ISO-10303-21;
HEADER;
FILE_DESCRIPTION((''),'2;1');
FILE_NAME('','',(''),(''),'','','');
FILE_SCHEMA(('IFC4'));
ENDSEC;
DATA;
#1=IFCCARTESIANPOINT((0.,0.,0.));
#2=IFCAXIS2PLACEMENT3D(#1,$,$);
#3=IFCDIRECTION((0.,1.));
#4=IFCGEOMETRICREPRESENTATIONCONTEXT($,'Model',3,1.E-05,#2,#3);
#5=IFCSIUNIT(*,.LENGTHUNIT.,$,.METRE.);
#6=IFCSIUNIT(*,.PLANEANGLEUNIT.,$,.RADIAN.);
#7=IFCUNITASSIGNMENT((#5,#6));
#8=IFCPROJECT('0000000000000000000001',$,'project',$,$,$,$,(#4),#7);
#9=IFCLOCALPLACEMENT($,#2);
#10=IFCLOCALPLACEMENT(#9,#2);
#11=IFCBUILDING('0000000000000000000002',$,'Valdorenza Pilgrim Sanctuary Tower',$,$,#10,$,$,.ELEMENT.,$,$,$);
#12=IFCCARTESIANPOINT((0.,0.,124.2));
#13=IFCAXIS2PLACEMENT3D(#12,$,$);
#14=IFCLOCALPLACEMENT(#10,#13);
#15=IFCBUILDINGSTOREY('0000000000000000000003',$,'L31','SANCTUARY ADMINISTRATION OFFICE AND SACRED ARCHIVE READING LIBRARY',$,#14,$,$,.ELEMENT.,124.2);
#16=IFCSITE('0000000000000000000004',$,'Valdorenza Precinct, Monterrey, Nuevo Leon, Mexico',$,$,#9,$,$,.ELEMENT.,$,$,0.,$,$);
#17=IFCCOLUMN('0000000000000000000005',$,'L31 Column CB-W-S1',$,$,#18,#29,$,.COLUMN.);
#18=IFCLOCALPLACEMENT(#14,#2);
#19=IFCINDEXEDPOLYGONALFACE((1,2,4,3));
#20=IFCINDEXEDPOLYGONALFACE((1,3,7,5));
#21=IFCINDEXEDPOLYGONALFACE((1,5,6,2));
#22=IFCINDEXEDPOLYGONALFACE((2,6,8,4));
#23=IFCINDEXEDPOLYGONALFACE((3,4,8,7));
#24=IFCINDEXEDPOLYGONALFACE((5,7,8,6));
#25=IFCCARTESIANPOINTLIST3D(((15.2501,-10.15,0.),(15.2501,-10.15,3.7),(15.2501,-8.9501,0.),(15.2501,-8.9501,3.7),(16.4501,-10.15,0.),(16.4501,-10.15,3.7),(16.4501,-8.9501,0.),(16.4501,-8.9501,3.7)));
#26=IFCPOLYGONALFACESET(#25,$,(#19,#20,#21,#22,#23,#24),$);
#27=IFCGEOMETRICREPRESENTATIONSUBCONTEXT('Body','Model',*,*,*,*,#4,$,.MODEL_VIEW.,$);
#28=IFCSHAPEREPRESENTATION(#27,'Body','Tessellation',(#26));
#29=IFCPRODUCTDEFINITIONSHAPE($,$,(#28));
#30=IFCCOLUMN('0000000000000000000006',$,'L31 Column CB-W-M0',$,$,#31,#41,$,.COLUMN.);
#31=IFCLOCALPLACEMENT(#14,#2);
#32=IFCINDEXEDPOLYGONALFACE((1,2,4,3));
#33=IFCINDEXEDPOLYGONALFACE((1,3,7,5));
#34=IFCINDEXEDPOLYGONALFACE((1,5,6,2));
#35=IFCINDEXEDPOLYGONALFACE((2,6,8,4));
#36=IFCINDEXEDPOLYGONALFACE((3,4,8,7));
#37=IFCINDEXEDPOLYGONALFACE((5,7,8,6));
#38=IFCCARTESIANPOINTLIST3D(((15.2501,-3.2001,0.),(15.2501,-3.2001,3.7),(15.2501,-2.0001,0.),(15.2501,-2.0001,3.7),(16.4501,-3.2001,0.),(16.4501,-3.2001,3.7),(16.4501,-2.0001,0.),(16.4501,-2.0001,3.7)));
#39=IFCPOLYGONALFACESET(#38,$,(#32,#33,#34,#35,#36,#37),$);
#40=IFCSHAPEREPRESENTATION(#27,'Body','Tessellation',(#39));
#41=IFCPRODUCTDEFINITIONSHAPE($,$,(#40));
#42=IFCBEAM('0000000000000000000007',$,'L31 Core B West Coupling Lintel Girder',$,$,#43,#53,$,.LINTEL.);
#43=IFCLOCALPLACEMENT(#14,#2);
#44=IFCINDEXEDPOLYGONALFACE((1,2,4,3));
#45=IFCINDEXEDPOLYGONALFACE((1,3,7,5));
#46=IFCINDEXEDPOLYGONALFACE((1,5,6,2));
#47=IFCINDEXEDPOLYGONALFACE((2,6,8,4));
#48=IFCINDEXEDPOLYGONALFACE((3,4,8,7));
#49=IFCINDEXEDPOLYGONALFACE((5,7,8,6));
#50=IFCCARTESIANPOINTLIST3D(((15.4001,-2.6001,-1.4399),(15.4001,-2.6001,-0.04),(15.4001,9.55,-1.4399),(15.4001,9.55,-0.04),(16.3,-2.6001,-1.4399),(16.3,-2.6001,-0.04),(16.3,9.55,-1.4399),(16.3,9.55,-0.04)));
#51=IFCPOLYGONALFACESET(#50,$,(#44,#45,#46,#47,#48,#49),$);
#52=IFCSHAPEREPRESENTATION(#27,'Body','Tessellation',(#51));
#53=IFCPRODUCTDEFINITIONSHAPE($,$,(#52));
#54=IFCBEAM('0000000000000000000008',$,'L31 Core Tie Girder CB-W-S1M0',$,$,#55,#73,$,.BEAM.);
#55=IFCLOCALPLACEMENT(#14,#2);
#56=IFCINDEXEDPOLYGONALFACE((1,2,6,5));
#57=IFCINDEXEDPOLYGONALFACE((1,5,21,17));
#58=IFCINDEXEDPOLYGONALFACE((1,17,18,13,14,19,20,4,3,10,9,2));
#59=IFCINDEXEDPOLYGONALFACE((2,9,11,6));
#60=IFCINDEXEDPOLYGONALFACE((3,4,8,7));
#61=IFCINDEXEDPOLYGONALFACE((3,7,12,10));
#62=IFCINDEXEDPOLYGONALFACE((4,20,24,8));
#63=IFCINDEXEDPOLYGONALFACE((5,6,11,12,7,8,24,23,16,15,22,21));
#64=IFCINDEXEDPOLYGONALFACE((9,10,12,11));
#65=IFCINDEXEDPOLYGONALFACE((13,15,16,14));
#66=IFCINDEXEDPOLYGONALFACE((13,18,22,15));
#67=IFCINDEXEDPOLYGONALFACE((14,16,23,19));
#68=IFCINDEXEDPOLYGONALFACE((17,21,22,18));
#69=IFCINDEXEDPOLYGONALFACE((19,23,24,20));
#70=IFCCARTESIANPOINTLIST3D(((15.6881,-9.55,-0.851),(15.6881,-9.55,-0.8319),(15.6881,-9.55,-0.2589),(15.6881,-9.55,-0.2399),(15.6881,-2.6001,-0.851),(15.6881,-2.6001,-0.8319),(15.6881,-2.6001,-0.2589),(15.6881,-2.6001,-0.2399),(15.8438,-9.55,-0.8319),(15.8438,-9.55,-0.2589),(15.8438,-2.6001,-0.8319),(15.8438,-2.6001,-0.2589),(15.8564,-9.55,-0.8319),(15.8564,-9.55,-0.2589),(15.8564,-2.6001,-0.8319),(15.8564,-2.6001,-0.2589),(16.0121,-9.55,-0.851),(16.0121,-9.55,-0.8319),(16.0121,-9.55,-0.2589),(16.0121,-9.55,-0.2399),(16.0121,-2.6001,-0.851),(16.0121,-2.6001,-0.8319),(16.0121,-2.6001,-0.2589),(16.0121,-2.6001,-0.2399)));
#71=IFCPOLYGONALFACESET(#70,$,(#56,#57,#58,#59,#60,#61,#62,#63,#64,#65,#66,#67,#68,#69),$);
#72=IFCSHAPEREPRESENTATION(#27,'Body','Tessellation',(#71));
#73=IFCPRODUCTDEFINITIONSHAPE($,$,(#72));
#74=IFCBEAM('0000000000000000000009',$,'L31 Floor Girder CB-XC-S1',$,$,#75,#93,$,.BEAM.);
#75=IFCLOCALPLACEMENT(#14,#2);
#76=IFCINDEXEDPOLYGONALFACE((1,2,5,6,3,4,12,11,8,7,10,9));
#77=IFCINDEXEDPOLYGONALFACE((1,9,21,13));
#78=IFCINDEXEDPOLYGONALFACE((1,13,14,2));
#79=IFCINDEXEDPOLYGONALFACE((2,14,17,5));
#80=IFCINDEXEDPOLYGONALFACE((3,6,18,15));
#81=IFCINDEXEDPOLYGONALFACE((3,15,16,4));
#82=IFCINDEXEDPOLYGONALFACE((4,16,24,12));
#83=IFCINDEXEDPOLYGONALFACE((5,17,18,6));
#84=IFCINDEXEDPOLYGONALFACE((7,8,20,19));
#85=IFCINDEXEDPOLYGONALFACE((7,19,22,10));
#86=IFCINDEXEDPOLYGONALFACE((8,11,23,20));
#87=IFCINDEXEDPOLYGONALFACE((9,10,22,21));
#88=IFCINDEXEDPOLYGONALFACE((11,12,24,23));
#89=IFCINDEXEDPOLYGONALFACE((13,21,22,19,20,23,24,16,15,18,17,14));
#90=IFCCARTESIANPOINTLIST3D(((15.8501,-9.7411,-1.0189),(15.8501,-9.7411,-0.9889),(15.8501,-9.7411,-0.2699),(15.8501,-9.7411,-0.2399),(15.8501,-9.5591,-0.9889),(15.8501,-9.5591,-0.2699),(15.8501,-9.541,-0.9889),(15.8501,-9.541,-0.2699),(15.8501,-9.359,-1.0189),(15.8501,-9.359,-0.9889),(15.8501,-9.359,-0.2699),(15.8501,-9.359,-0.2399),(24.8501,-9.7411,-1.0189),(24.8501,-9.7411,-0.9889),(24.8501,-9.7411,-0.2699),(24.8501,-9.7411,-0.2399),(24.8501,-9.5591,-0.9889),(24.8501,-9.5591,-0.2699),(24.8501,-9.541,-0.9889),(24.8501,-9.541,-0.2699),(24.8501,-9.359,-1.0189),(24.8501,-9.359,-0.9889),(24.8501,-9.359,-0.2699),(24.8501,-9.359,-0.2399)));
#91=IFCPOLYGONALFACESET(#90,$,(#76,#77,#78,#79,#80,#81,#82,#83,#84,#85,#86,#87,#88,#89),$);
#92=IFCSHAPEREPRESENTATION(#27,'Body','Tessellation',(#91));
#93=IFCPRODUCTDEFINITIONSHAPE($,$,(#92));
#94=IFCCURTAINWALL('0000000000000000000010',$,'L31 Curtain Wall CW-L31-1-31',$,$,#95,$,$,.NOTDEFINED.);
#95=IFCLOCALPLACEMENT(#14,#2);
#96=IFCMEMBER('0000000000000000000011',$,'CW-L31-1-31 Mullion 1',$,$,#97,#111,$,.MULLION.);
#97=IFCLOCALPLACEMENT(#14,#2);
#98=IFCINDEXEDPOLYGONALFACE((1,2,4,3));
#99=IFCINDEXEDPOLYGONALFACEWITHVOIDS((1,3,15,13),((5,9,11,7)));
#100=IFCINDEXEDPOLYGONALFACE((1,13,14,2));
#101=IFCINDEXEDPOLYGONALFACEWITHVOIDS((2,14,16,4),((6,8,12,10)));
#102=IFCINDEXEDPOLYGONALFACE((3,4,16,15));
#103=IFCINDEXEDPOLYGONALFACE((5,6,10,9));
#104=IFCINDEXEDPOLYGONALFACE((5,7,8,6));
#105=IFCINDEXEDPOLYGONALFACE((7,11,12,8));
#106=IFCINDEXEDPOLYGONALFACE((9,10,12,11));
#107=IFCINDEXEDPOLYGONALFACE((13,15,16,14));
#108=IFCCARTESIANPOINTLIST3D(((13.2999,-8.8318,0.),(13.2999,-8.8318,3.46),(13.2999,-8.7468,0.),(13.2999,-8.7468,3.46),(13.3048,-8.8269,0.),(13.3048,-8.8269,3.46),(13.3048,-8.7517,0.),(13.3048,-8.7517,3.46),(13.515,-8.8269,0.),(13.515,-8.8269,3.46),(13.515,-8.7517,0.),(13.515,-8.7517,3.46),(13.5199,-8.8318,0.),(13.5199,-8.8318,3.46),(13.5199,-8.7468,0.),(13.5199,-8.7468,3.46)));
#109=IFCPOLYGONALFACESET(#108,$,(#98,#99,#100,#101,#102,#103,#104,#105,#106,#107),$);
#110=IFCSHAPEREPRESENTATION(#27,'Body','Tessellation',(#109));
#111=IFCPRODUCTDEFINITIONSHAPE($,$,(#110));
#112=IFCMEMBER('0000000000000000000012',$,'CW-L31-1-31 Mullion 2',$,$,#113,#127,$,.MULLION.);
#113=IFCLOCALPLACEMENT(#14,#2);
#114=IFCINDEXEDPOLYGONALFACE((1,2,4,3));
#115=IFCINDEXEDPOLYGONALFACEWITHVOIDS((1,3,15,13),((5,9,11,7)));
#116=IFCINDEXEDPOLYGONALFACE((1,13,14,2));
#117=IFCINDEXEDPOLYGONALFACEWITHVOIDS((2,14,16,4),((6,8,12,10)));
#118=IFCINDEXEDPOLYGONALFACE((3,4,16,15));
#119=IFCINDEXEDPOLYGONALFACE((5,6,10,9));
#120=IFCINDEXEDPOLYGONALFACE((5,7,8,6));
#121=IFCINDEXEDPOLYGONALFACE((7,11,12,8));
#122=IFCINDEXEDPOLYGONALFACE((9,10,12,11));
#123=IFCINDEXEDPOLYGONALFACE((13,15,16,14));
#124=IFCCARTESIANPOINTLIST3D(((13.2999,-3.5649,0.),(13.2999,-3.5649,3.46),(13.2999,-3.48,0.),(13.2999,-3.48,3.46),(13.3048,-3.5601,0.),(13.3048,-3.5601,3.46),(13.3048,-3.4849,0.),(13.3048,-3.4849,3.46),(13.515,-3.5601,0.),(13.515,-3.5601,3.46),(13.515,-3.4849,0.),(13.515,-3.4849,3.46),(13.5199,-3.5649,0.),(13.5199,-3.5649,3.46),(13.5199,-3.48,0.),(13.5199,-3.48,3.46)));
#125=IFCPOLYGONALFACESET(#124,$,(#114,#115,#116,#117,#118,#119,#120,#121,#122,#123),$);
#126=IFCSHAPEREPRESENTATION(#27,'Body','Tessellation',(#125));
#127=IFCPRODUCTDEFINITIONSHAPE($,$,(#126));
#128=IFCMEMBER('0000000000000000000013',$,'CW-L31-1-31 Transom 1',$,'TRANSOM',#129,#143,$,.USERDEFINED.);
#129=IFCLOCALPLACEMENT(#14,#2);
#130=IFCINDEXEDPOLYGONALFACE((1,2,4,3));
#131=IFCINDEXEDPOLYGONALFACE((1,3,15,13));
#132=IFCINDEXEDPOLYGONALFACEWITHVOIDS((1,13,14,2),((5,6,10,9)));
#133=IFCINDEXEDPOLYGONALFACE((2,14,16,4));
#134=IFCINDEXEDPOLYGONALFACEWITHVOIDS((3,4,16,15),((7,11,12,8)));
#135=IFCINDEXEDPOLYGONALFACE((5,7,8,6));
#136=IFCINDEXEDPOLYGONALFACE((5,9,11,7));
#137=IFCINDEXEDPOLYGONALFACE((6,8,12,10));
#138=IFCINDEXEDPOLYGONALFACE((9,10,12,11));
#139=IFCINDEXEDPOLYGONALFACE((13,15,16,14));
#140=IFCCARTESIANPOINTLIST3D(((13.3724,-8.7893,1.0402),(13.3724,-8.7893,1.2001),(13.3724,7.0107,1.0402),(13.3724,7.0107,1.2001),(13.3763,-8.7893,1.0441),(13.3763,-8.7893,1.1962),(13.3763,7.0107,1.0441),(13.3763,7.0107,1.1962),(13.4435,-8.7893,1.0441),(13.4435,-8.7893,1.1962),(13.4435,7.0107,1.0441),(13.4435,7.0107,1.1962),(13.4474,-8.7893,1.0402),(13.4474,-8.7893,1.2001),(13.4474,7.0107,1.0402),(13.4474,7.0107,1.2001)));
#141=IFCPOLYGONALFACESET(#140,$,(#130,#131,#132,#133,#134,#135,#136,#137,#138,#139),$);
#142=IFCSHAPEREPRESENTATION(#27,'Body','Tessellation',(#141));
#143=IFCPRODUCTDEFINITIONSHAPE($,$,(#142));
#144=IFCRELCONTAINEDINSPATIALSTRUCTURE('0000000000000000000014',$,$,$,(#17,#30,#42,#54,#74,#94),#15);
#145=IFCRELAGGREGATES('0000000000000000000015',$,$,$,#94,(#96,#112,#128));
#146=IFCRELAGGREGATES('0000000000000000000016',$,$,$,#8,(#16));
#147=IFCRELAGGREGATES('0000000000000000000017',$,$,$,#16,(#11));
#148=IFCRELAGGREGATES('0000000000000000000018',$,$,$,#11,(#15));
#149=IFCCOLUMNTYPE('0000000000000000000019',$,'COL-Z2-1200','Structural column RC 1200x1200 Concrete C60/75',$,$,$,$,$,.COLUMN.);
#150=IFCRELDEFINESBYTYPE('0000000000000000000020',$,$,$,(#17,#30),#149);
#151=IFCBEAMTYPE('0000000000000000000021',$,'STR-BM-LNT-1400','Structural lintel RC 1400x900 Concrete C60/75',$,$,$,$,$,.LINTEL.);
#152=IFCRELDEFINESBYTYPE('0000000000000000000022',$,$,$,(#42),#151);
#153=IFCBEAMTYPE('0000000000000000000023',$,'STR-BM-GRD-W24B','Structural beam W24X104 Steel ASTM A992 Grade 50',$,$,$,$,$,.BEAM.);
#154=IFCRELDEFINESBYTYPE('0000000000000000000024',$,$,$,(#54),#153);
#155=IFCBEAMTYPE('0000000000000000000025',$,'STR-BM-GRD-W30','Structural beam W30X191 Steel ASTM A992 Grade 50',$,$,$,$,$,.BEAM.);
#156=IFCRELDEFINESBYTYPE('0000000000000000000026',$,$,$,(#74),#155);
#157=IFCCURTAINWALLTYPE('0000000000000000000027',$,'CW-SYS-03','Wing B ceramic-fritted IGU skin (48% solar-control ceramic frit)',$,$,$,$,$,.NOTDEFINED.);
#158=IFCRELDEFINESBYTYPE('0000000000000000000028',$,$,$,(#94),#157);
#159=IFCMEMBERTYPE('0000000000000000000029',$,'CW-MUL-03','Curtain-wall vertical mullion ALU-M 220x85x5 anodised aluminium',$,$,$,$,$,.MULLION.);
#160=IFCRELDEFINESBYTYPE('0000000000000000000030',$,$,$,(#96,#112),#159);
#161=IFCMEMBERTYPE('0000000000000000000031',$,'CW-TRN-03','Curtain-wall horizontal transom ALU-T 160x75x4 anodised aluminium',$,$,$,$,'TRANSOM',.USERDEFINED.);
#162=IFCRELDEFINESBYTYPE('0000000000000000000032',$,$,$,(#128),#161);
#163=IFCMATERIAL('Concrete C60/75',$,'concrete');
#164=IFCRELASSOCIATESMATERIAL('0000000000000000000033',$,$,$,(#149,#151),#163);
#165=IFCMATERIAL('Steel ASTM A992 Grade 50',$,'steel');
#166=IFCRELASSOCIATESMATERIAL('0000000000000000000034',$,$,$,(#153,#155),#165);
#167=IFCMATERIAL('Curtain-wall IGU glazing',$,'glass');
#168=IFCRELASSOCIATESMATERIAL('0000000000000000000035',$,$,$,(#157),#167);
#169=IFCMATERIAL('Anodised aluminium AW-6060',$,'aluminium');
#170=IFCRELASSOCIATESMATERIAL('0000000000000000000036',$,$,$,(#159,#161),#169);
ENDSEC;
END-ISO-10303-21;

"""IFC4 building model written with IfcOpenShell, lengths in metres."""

from ifc_helpers import new_model, si_unit, direction, frame, origin, origin_2d, place, context, subcontext, project, spatial, rectangle, hollow_rectangle, i_section, extrude, source, transform, mapped, material, material_profile, profile_set, type_object, element, aggregate, save


model = new_model("IFC4")

# Units and contexts
model_context = context("Model", 3, precision=1e-05, world=origin(), true_north=direction((0.0, 1.0)))
body_context = subcontext(model_context, "Body", "Model", "MODEL_VIEW")
ifc_project = project(units=[si_unit("LENGTHUNIT", "METRE"), si_unit("PLANEANGLEUNIT", "RADIAN")], contexts=[model_context])

# Site, building, storey
site_placement = place(None, origin())
site = spatial("IfcSite", under=ifc_project, at=site_placement, Name="Valdorenza Precinct, Monterrey, Nuevo Leon, Mexico", CompositionType="ELEMENT", RefElevation=0.0)
building_placement = place(site_placement, origin())
building = spatial("IfcBuilding", under=site, at=building_placement, Name="Valdorenza Pilgrim Sanctuary Tower", CompositionType="ELEMENT")
storey_placement = place(building_placement, frame((0.0, 0.0, 124.2)))
storey = spatial("IfcBuildingStorey", under=building, at=storey_placement, Name="L31", Description="SANCTUARY ADMINISTRATION OFFICE AND SACRED ARCHIVE READING LIBRARY", CompositionType="ELEMENT", Elevation=124.2)

# Columns
ifc_material_1 = material(Name="Concrete C60/75", Category="concrete")
ifc_material_profile_1 = material_profile(ifc_material_1, rectangle(XDim=1.2, YDim=1.2, at=origin_2d()), Name="RC 1200x1200")
ifc_profile_set_1 = profile_set([ifc_material_profile_1], Name="Concrete C60/75")
column_type = type_object("IfcColumnType", Name="COL-Z2-1200", Description="Structural column RC 1200x1200 Concrete C60/75", PredefinedType="COLUMN", material=ifc_profile_set_1)
shared_shape_1 = source(origin(), body_context, "Body", "SweptSolid", [
    extrude(rectangle(XDim=1.2, YDim=1.2, at=origin_2d()), origin(), (0.0, 0.0, 1.0), 3.7),
])
for number, where, z_axis, x_axis, name in (
    (1, (15.8501, -9.55, 0.0), (0.0, 0.0, 1.0), (1.0, 0.0, 0.0), "L31 Column CB-W-S1"),
    (2, (15.8501, -2.6001, 0.0), (0.0, 0.0, 1.0), (1.0, 0.0, 0.0), "L31 Column CB-W-M0"),
):
    element("IfcColumn", number, at=place(storey_placement, frame(where, z_axis=z_axis, x_axis=x_axis)), inside=storey, type_object=column_type, Name=name, PredefinedType="COLUMN", context=body_context, shape_type="MappedRepresentation", body=[
        mapped(shared_shape_1, transform((0.0, 0.0, 0.0), x_axis=(1.0, 0.0, 0.0), y_axis=(0.0, 1.0, 0.0), z_axis=(0.0, 0.0, 1.0), scale=1.0)),
    ])

# Beams
ifc_material_profile_2 = material_profile(ifc_material_1, rectangle(XDim=0.8999, YDim=1.3999, at=origin_2d()), Name="RC 1400x900")
ifc_profile_set_2 = profile_set([ifc_material_profile_2], Name="Concrete C60/75")
beam_type_1 = type_object("IfcBeamType", Name="STR-BM-LNT-1400", Description="Structural lintel RC 1400x900 Concrete C60/75", PredefinedType="LINTEL", material=ifc_profile_set_2)
shared_shape_2 = source(origin(), body_context, "Body", "SweptSolid", [
    extrude(rectangle(XDim=0.8999, YDim=1.3999, at=origin_2d()), origin(), (0.0, 0.0, 1.0), 12.1501),
])
beam_1_placement = place(storey_placement, frame((15.8501, -2.6001, -0.74), z_axis=(0.0, 1.0, 0.0), x_axis=(-1.0, 0.0, 0.0)))
element("IfcBeam", 3, at=beam_1_placement, inside=storey, type_object=beam_type_1, Name="L31 Core B West Coupling Lintel Girder", PredefinedType="LINTEL", context=body_context, shape_type="MappedRepresentation", body=[
    mapped(shared_shape_2, transform((0.0, 0.0, 0.0), x_axis=(1.0, 0.0, 0.0), y_axis=(0.0, 1.0, 0.0), z_axis=(0.0, 0.0, 1.0), scale=1.0)),
])
ifc_material_2 = material(Name="Steel ASTM A992 Grade 50", Category="steel")
ifc_material_profile_3 = material_profile(ifc_material_2, i_section(OverallWidth=0.324, OverallDepth=0.6111, WebThickness=0.0127, FlangeThickness=0.019, at=origin_2d()), Name="W24X104")
ifc_profile_set_3 = profile_set([ifc_material_profile_3], Name="Steel ASTM A992 Grade 50")
beam_type_2 = type_object("IfcBeamType", Name="STR-BM-GRD-W24B", Description="Structural beam W24X104 Steel ASTM A992 Grade 50", PredefinedType="BEAM", material=ifc_profile_set_3)
shared_shape_3 = source(origin(), body_context, "Body", "SweptSolid", [
    extrude(i_section(OverallWidth=0.324, OverallDepth=0.6111, WebThickness=0.0127, FlangeThickness=0.019, at=origin_2d()), origin(), (0.0, 0.0, 1.0), 6.95),
])
beam_2_placement = place(storey_placement, frame((15.8501, -9.55, -0.5454), z_axis=(0.0, 1.0, 0.0), x_axis=(-1.0, 0.0, 0.0)))
element("IfcBeam", 4, at=beam_2_placement, inside=storey, type_object=beam_type_2, Name="L31 Core Tie Girder CB-W-S1M0", PredefinedType="BEAM", context=body_context, shape_type="MappedRepresentation", body=[
    mapped(shared_shape_3, transform((0.0, 0.0, 0.0), x_axis=(1.0, 0.0, 0.0), y_axis=(0.0, 1.0, 0.0), z_axis=(0.0, 0.0, 1.0), scale=1.0)),
])
ifc_material_profile_4 = material_profile(ifc_material_2, i_section(OverallWidth=0.3821, OverallDepth=0.7791, WebThickness=0.0181, FlangeThickness=0.03, at=origin_2d()), Name="W30X191")
ifc_profile_set_4 = profile_set([ifc_material_profile_4], Name="Steel ASTM A992 Grade 50")
beam_type_3 = type_object("IfcBeamType", Name="STR-BM-GRD-W30", Description="Structural beam W30X191 Steel ASTM A992 Grade 50", PredefinedType="BEAM", material=ifc_profile_set_4)
shared_shape_4 = source(origin(), body_context, "Body", "SweptSolid", [
    extrude(i_section(OverallWidth=0.3821, OverallDepth=0.7791, WebThickness=0.0181, FlangeThickness=0.03, at=origin_2d()), origin(), (0.0, 0.0, 1.0), 9.0),
])
beam_3_placement = place(storey_placement, frame((15.8501, -9.55, -0.6294), z_axis=(1.0, 0.0, 0.0), x_axis=(0.0, 1.0, 0.0)))
element("IfcBeam", 5, at=beam_3_placement, inside=storey, type_object=beam_type_3, Name="L31 Floor Girder CB-XC-S1", PredefinedType="BEAM", context=body_context, shape_type="MappedRepresentation", body=[
    mapped(shared_shape_4, transform((0.0, 0.0, 0.0), x_axis=(1.0, 0.0, 0.0), y_axis=(0.0, 1.0, 0.0), z_axis=(0.0, 0.0, 1.0), scale=1.0)),
])

# Curtain wall, members
ifc_material_3 = material(Name="Curtain-wall IGU glazing", Category="glass")
curtain_wall_type = type_object("IfcCurtainWallType", Name="CW-SYS-03", Description="Wing B ceramic-fritted IGU skin (48% solar-control ceramic frit)", PredefinedType="NOTDEFINED", material=ifc_material_3)
curtain_wall_placement = place(storey_placement, origin())
curtain_wall = element("IfcCurtainWall", 6, at=curtain_wall_placement, inside=storey, type_object=curtain_wall_type, Name="L31 Curtain Wall CW-L31-1-31", PredefinedType="NOTDEFINED")
ifc_material_4 = material(Name="Anodised aluminium AW-6060", Category="aluminium")
ifc_material_profile_5 = material_profile(ifc_material_4, hollow_rectangle(XDim=0.085, YDim=0.22, WallThickness=0.0049, at=origin_2d()), Name="ALU-M 220x85x5")
ifc_profile_set_5 = profile_set([ifc_material_profile_5], Name="Anodised aluminium AW-6060")
member_type_1 = type_object("IfcMemberType", Name="CW-MUL-03", Description="Curtain-wall vertical mullion ALU-M 220x85x5 anodised aluminium", PredefinedType="MULLION", material=ifc_profile_set_5)
shared_shape_5 = source(origin(), body_context, "Body", "SweptSolid", [
    extrude(hollow_rectangle(XDim=0.085, YDim=0.22, WallThickness=0.0049, at=origin_2d()), origin(), (0.0, 0.0, 1.0), 3.46),
])
member_1_placement = place(storey_placement, frame((13.4099, -8.7893, 0.0), z_axis=(0.0, 0.0, 1.0), x_axis=(0.0, 1.0, 0.0)))
member_1 = element("IfcMember", 7, at=member_1_placement, type_object=member_type_1, Name="CW-L31-1-31 Mullion 1", PredefinedType="MULLION", context=body_context, shape_type="MappedRepresentation", body=[
    mapped(shared_shape_5, transform((0.0, 0.0, 0.0), x_axis=(1.0, 0.0, 0.0), y_axis=(0.0, 1.0, 0.0), z_axis=(0.0, 0.0, 1.0), scale=1.0)),
])
member_2_placement = place(storey_placement, frame((13.4099, -3.5225, 0.0), z_axis=(0.0, 0.0, 1.0), x_axis=(0.0, 1.0, 0.0)))
member_2 = element("IfcMember", 8, at=member_2_placement, type_object=member_type_1, Name="CW-L31-1-31 Mullion 2", PredefinedType="MULLION", context=body_context, shape_type="MappedRepresentation", body=[
    mapped(shared_shape_5, transform((0.0, 0.0, 0.0), x_axis=(1.0, 0.0, 0.0), y_axis=(0.0, 1.0, 0.0), z_axis=(0.0, 0.0, 1.0), scale=1.0)),
])
ifc_material_profile_6 = material_profile(ifc_material_4, hollow_rectangle(XDim=0.075, YDim=0.1599, WallThickness=0.0039, at=origin_2d()), Name="ALU-T 160x75x4")
ifc_profile_set_6 = profile_set([ifc_material_profile_6], Name="Anodised aluminium AW-6060")
member_type_2 = type_object("IfcMemberType", Name="CW-TRN-03", Description="Curtain-wall horizontal transom ALU-T 160x75x4 anodised aluminium", ElementType="TRANSOM", PredefinedType="USERDEFINED", material=ifc_profile_set_6)
shared_shape_6 = source(origin(), body_context, "Body", "SweptSolid", [
    extrude(hollow_rectangle(XDim=0.075, YDim=0.1599, WallThickness=0.0039, at=origin_2d()), origin(), (0.0, 0.0, 1.0), 15.8),
])
member_3_placement = place(storey_placement, frame((13.4099, -8.7893, 1.1201), z_axis=(0.0, 1.0, 0.0), x_axis=(-1.0, 0.0, 0.0)))
member_3 = element("IfcMember", 9, at=member_3_placement, type_object=member_type_2, Name="CW-L31-1-31 Transom 1", ObjectType="TRANSOM", PredefinedType="USERDEFINED", context=body_context, shape_type="MappedRepresentation", body=[
    mapped(shared_shape_6, transform((0.0, 0.0, 0.0), x_axis=(1.0, 0.0, 0.0), y_axis=(0.0, 1.0, 0.0), z_axis=(0.0, 0.0, 1.0), scale=1.0)),
])

aggregate(curtain_wall, [member_1, member_2, member_3])

save(model, "model.ifc")
